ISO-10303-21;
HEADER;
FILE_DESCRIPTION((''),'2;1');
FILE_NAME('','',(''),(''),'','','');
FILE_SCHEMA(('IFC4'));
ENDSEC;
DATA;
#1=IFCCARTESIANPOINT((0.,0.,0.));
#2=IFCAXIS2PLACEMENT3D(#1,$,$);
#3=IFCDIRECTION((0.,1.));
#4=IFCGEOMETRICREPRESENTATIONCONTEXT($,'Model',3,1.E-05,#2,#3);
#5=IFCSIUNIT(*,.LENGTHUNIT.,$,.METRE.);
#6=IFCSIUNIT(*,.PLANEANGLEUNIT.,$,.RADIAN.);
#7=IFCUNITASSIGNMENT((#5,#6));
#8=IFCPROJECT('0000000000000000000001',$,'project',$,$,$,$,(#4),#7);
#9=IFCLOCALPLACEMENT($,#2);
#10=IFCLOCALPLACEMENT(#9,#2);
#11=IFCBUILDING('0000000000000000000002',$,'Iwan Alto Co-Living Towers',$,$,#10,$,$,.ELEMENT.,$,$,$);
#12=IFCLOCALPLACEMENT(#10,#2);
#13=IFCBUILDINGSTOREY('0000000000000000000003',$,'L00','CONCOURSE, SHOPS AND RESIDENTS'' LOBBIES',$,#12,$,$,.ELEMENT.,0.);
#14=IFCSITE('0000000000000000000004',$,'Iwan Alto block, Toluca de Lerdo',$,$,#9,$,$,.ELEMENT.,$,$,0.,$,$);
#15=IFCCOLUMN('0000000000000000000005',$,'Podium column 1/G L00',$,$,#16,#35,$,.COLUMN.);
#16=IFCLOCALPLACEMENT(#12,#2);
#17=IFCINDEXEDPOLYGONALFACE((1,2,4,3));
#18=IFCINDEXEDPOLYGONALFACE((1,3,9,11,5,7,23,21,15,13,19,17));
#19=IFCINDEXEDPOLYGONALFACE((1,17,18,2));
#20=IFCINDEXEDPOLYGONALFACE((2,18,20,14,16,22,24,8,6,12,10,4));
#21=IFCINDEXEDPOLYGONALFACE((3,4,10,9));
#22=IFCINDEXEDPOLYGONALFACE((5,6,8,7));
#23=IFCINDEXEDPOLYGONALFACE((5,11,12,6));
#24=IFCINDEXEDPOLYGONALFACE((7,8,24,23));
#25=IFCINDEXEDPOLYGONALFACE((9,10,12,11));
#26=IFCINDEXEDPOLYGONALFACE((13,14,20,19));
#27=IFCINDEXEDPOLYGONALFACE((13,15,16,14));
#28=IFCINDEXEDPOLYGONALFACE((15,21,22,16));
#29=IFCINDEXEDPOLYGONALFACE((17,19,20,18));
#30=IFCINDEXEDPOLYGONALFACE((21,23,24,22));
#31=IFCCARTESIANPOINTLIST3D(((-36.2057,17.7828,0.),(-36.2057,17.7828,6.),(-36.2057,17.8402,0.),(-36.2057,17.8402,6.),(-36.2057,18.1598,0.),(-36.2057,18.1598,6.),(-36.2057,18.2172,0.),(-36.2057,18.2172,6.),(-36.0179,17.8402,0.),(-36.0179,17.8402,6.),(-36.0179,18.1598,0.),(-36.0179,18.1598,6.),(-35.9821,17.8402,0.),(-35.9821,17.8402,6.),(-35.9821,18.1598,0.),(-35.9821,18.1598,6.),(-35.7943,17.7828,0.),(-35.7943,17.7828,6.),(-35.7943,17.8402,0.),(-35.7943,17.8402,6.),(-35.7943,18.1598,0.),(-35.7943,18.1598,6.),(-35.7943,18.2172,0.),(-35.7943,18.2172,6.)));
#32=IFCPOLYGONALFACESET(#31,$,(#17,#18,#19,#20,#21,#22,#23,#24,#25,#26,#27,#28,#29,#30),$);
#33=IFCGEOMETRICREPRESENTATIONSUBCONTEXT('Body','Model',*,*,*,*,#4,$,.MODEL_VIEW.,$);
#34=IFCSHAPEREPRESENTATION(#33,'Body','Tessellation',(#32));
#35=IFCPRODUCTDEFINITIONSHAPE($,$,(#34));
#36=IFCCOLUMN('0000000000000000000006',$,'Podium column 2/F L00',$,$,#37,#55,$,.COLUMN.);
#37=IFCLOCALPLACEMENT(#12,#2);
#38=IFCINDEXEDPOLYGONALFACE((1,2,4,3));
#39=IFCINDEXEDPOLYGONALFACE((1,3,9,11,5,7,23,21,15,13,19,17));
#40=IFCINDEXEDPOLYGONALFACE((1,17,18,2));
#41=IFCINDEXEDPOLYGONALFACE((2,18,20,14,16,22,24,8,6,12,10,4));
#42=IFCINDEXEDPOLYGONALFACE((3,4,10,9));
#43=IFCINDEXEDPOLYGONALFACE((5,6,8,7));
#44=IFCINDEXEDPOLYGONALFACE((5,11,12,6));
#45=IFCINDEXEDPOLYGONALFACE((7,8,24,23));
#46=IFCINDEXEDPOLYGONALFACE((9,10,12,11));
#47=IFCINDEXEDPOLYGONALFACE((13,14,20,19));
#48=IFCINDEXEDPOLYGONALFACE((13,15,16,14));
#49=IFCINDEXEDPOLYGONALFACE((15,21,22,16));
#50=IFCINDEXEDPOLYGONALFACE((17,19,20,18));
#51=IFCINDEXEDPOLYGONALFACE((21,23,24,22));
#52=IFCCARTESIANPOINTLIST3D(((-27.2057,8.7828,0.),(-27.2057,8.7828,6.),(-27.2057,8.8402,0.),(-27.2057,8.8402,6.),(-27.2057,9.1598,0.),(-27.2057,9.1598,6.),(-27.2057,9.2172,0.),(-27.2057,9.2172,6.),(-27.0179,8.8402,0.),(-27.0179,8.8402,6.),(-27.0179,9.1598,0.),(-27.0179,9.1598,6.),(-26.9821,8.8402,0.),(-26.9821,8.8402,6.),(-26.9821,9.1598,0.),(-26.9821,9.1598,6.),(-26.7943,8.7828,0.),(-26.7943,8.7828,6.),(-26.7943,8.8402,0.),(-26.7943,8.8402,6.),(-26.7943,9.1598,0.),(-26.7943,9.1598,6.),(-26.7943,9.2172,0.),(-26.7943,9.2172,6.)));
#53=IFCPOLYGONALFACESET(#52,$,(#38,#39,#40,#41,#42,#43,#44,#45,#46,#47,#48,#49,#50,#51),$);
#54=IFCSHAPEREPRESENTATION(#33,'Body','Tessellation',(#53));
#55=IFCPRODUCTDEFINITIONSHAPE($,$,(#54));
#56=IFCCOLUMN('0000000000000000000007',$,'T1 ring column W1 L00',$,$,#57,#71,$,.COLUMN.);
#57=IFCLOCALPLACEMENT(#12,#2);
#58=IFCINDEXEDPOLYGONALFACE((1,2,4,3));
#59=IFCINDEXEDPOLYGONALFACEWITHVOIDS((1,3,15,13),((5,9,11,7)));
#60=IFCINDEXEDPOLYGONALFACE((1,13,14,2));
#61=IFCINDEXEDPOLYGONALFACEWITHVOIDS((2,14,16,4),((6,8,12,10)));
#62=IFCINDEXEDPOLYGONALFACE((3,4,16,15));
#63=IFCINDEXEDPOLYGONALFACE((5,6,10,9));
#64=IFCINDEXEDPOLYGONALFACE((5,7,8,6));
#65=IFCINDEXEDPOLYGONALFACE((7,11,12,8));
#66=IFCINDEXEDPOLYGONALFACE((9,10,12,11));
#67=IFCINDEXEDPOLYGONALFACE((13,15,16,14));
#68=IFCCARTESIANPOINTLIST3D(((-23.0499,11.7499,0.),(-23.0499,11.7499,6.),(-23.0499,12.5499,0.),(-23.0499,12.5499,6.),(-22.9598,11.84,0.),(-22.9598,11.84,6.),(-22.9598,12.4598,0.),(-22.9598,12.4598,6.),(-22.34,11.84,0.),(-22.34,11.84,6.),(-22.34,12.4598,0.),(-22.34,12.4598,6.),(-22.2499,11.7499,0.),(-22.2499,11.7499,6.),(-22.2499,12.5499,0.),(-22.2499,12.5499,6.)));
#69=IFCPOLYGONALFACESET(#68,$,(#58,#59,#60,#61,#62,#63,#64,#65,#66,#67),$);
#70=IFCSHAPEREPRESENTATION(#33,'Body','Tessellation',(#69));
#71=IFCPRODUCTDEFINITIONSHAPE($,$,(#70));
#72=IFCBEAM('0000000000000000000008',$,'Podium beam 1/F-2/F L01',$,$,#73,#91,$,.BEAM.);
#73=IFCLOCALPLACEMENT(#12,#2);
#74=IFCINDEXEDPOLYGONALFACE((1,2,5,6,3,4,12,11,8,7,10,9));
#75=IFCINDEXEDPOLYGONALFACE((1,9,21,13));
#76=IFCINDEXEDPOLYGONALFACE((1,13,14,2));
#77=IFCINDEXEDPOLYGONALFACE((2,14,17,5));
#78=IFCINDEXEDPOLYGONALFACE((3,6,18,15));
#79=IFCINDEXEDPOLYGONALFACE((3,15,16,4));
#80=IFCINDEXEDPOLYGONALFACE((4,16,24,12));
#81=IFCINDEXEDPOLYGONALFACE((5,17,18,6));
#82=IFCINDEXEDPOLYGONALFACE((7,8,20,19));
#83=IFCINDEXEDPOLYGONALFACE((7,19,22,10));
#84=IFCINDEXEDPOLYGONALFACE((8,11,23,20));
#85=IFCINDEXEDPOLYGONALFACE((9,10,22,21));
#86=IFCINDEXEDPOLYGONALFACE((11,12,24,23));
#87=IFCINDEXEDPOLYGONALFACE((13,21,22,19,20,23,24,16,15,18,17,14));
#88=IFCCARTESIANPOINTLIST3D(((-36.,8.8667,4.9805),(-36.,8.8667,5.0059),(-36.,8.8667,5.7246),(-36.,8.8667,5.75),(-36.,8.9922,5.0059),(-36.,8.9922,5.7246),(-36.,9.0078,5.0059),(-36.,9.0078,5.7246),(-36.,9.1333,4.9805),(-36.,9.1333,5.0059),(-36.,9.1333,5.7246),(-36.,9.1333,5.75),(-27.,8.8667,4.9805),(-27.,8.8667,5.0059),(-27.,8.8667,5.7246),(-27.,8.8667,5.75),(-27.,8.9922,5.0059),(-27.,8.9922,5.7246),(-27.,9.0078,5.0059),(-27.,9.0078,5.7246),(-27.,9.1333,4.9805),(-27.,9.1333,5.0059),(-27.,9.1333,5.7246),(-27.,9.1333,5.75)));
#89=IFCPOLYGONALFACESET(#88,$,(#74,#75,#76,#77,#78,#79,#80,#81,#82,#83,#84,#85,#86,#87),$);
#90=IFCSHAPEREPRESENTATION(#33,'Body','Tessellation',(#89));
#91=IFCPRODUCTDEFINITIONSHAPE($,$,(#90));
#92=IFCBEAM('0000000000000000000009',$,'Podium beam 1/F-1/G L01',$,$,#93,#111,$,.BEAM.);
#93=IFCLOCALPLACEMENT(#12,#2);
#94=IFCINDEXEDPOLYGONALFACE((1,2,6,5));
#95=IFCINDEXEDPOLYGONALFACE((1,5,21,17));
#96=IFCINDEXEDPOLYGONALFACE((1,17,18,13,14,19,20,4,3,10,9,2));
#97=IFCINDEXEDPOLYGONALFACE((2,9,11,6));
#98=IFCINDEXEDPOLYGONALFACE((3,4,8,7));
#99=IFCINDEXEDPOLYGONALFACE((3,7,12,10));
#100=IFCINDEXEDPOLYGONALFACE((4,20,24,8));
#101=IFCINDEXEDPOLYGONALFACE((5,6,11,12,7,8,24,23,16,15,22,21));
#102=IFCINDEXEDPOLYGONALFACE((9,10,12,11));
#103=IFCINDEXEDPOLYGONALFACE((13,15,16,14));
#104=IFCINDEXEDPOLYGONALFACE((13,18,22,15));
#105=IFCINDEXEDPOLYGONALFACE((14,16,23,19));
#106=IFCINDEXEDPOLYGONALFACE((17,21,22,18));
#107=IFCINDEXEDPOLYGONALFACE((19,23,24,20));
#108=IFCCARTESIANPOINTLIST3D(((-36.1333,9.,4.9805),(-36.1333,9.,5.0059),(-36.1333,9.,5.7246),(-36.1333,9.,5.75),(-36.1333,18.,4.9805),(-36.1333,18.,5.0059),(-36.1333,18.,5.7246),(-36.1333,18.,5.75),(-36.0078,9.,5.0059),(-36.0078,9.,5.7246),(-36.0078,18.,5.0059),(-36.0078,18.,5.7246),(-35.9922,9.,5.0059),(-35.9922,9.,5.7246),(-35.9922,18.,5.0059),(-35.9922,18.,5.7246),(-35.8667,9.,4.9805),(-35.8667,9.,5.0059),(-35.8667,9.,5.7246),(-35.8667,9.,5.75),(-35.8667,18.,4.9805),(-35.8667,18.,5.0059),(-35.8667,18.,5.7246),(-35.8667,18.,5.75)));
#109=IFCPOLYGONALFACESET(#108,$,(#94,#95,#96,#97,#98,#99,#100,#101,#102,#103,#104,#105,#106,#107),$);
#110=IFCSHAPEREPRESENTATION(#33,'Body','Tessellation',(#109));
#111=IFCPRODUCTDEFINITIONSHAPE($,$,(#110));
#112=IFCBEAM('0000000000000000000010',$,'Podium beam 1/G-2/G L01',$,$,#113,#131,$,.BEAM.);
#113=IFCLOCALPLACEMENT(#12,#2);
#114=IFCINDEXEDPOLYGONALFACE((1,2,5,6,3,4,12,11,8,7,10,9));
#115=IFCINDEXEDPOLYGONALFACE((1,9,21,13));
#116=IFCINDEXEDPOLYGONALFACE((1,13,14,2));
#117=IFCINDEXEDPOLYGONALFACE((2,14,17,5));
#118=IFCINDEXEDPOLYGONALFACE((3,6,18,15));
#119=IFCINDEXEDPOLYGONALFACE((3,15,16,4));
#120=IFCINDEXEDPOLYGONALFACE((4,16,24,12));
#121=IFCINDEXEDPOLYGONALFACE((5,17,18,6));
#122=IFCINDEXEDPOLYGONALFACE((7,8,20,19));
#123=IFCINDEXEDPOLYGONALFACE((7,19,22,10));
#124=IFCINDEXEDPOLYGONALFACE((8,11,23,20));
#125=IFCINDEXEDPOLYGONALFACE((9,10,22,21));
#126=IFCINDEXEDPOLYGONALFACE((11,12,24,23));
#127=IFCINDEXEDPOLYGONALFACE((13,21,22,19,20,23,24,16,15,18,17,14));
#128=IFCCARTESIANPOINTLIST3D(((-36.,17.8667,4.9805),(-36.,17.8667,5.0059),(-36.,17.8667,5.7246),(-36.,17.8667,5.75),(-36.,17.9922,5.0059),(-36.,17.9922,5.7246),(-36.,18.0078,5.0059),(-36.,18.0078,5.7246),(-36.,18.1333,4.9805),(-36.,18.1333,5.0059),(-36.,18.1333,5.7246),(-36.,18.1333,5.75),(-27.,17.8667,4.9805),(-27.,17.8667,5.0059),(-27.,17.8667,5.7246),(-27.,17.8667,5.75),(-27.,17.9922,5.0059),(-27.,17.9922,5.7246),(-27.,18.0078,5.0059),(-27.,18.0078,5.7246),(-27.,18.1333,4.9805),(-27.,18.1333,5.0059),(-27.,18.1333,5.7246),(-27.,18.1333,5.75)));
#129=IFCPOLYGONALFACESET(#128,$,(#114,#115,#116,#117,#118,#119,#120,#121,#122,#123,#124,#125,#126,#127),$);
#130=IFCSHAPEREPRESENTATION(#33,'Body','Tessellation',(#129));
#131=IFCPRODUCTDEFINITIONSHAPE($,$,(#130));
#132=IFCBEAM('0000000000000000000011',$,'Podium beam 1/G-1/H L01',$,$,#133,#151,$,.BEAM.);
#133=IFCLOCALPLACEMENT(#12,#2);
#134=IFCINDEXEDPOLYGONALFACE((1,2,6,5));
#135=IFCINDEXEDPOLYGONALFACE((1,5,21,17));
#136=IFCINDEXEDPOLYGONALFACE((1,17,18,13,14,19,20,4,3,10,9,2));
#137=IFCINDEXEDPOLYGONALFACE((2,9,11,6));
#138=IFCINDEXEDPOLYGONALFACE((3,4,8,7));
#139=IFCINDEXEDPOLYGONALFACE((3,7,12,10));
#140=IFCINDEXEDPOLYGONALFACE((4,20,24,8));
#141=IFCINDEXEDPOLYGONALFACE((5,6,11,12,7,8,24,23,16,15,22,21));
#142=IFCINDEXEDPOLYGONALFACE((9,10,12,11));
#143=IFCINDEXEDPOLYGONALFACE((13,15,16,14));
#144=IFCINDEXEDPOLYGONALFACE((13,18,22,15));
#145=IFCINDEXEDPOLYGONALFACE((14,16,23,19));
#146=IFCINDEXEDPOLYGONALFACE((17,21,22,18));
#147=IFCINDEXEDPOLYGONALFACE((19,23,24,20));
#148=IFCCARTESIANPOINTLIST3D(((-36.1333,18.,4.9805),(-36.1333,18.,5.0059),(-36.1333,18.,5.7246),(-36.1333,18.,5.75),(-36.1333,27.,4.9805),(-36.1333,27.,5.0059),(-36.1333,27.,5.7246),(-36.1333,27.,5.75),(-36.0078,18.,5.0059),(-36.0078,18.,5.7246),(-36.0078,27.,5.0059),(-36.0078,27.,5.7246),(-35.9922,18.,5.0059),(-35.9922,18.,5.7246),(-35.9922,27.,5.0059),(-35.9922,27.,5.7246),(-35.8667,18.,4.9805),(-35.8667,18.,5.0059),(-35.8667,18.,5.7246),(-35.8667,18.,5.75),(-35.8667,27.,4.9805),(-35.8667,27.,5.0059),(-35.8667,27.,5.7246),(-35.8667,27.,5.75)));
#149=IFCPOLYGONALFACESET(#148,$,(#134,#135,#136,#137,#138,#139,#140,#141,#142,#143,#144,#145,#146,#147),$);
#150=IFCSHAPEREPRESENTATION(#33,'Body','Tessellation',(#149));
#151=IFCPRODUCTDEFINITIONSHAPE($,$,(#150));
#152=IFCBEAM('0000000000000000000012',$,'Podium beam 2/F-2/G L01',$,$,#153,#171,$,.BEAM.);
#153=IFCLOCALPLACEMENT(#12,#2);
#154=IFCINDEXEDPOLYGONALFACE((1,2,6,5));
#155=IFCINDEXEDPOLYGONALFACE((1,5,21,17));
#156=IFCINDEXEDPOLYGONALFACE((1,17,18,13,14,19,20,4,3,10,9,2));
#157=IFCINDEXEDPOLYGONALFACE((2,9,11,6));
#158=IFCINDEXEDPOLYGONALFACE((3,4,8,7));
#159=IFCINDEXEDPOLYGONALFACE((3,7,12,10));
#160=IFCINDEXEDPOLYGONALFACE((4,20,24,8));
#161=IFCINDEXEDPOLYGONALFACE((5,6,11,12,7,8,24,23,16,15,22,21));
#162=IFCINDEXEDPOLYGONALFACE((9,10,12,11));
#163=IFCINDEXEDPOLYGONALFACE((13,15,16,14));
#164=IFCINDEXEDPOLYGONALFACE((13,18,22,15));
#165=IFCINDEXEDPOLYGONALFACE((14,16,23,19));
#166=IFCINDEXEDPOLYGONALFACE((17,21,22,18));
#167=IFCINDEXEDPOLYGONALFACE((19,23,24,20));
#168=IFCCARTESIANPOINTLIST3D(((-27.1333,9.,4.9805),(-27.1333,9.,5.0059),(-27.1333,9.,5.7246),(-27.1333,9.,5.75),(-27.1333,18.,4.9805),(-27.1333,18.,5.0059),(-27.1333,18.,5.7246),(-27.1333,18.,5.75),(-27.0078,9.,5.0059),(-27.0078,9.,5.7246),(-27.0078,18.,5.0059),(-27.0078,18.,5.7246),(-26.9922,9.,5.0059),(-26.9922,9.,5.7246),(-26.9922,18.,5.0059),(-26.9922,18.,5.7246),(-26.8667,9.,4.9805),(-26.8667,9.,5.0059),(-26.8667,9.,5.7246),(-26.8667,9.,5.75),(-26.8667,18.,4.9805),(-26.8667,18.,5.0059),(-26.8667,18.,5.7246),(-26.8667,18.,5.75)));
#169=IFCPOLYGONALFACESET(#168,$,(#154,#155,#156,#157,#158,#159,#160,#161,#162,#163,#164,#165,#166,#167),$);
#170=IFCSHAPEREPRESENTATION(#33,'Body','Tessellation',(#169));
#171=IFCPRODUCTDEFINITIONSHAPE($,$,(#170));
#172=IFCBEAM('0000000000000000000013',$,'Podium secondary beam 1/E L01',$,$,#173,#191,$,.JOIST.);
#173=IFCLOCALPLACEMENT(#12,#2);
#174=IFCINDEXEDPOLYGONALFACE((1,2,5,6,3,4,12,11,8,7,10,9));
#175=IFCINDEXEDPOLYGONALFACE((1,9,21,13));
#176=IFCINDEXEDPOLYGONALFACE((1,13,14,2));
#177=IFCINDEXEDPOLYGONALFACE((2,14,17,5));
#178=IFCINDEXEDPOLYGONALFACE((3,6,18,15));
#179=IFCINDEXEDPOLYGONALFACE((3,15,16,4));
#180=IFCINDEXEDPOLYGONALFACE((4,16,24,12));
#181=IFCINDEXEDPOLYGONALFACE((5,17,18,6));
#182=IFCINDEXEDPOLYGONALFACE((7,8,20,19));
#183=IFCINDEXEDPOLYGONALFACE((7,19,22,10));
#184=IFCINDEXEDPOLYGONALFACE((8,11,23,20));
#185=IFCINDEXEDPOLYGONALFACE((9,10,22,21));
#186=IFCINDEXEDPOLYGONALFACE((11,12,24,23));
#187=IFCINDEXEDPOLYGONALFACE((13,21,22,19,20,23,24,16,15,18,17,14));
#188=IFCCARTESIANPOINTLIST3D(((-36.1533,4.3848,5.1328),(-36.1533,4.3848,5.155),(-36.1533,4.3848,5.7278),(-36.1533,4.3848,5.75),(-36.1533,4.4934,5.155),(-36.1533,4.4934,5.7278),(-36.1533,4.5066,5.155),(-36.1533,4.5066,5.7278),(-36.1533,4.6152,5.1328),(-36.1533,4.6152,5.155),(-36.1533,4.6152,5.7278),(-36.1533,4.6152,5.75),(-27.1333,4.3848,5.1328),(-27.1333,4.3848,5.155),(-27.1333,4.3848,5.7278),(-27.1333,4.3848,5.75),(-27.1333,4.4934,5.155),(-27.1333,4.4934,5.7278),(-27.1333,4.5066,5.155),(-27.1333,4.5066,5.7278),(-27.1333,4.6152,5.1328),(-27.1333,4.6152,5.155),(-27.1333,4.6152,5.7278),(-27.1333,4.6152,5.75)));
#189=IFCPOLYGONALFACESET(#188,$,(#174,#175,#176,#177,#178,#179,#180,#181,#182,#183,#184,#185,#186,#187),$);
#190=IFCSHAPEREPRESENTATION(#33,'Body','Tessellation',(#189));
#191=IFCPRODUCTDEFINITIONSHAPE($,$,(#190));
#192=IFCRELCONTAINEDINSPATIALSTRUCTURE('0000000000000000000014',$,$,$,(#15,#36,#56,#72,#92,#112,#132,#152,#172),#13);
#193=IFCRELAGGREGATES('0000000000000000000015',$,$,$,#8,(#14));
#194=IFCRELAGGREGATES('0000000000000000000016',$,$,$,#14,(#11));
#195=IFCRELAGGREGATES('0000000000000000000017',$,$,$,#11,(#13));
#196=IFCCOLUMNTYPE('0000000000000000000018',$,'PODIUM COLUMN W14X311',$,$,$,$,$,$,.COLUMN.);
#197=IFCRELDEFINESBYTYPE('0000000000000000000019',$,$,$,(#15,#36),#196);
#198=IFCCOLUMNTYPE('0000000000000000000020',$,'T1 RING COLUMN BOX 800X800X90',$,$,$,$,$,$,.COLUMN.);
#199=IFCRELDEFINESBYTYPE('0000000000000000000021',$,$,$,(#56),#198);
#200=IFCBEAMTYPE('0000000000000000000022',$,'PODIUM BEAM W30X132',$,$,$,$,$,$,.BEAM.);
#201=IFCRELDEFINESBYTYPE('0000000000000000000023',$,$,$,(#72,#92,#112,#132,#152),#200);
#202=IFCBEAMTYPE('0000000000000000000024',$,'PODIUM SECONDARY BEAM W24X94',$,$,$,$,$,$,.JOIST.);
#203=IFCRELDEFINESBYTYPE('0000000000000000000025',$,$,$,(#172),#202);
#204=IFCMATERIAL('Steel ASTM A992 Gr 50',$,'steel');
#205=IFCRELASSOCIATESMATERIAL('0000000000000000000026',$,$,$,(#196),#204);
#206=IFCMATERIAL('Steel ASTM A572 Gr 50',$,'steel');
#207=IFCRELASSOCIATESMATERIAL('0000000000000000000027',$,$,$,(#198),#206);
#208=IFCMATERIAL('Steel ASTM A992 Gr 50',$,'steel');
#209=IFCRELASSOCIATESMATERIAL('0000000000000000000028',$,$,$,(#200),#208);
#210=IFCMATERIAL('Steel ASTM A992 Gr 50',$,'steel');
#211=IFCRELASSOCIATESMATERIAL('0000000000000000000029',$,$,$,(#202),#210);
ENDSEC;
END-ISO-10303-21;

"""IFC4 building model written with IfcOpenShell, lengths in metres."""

from ifc_helpers import new_model, si_unit, direction, frame, origin, origin_2d, place, context, subcontext, project, spatial, hollow_rectangle, i_section, extrude, material, material_profile, profile_set, type_object, element, save


model = new_model("IFC4")

# Units and contexts
model_context = context("Model", 3, precision=1e-05, world=origin(), true_north=direction((0.0, 1.0)))
body_context = subcontext(model_context, "Body", "Model", "MODEL_VIEW")
ifc_project = project(units=[si_unit("LENGTHUNIT", "METRE"), si_unit("PLANEANGLEUNIT", "RADIAN")], contexts=[model_context])

# Site, building, storey
site_placement = place(None, origin())
site = spatial("IfcSite", under=ifc_project, at=site_placement, Name="Iwan Alto block, Toluca de Lerdo", CompositionType="ELEMENT", RefElevation=0.0)
building_placement = place(site_placement, origin())
building = spatial("IfcBuilding", under=site, at=building_placement, Name="Iwan Alto Co-Living Towers", CompositionType="ELEMENT")
storey_placement = place(building_placement, origin())
storey = spatial("IfcBuildingStorey", under=building, at=storey_placement, Name="L00", Description="CONCOURSE, SHOPS AND RESIDENTS' LOBBIES", CompositionType="ELEMENT", Elevation=0.0)

# Columns
ifc_material_1 = material(Name="Steel ASTM A992 Gr 50", Category="steel")
ifc_material_profile_1 = material_profile(ifc_material_1, i_section(OverallWidth=0.4114, OverallDepth=0.4343, WebThickness=0.0359, FlangeThickness=0.0574, at=origin_2d()), Name="W14X311")
ifc_profile_set_1 = profile_set([ifc_material_profile_1], Name="Steel ASTM A992 Gr 50")
column_type_1 = type_object("IfcColumnType", Name="PODIUM COLUMN W14X311", PredefinedType="COLUMN", material=ifc_profile_set_1)
for number, where, z_axis, x_axis, name in (
    (1, (-36.0, 18.0, 0.0), (0.0, 0.0, 1.0), (1.0, 0.0, 0.0), "Podium column 1/G L00"),
    (2, (-27.0, 9.0, 0.0), (0.0, 0.0, 1.0), (1.0, 0.0, 0.0), "Podium column 2/F L00"),
):
    element("IfcColumn", number, at=place(storey_placement, frame(where, z_axis=z_axis, x_axis=x_axis)), inside=storey, type_object=column_type_1, Name=name, PredefinedType="COLUMN", context=body_context, shape_type="SweptSolid", body=[
        extrude(i_section(OverallWidth=0.4114, OverallDepth=0.4343, WebThickness=0.0359, FlangeThickness=0.0574, at=origin_2d()), origin(), (0.0, 0.0, 1.0), 6.0),
    ])
ifc_material_2 = material(Name="Steel ASTM A572 Gr 50", Category="steel")
ifc_material_profile_2 = material_profile(ifc_material_2, hollow_rectangle(XDim=0.8, YDim=0.8, WallThickness=0.0901, at=origin_2d()), Name="BOX 800X800X90")
ifc_profile_set_2 = profile_set([ifc_material_profile_2], Name="Steel ASTM A572 Gr 50")
column_type_2 = type_object("IfcColumnType", Name="T1 RING COLUMN BOX 800X800X90", PredefinedType="COLUMN", material=ifc_profile_set_2)
column_placement = place(storey_placement, frame((-22.6499, 12.1499, 0.0), z_axis=(0.0, 0.0, 1.0), x_axis=(1.0, 0.0, 0.0)))
element("IfcColumn", 3, at=column_placement, inside=storey, type_object=column_type_2, Name="T1 ring column W1 L00", PredefinedType="COLUMN", context=body_context, shape_type="SweptSolid", body=[
    extrude(hollow_rectangle(XDim=0.8, YDim=0.8, WallThickness=0.0901, at=origin_2d()), origin(), (0.0, 0.0, 1.0), 6.0),
])

# Beams
ifc_material_3 = material(Name="Steel ASTM A992 Gr 50", Category="steel")
ifc_material_profile_3 = material_profile(ifc_material_3, i_section(OverallWidth=0.2666, OverallDepth=0.7695, WebThickness=0.0156, FlangeThickness=0.0254, at=origin_2d()), Name="W30X132")
ifc_profile_set_3 = profile_set([ifc_material_profile_3], Name="Steel ASTM A992 Gr 50")
beam_type_1 = type_object("IfcBeamType", Name="PODIUM BEAM W30X132", PredefinedType="BEAM", material=ifc_profile_set_3)
for number, where, z_axis, x_axis, name in (
    (4, (-36.0, 9.0, 5.3652), (1.0, 0.0, 0.0), (0.0, 1.0, 0.0), "Podium beam 1/F-2/F L01"),
    (5, (-36.0, 9.0, 5.3652), (0.0, 1.0, 0.0), (-1.0, 0.0, 0.0), "Podium beam 1/F-1/G L01"),
    (6, (-36.0, 18.0, 5.3652), (1.0, 0.0, 0.0), (0.0, 1.0, 0.0), "Podium beam 1/G-2/G L01"),
    (7, (-36.0, 18.0, 5.3652), (0.0, 1.0, 0.0), (-1.0, 0.0, 0.0), "Podium beam 1/G-1/H L01"),
    (8, (-27.0, 9.0, 5.3652), (0.0, 1.0, 0.0), (-1.0, 0.0, 0.0), "Podium beam 2/F-2/G L01"),
):
    element("IfcBeam", number, at=place(storey_placement, frame(where, z_axis=z_axis, x_axis=x_axis)), inside=storey, type_object=beam_type_1, Name=name, PredefinedType="BEAM", context=body_context, shape_type="SweptSolid", body=[
        extrude(i_section(OverallWidth=0.2666, OverallDepth=0.7695, WebThickness=0.0156, FlangeThickness=0.0254, at=origin_2d()), origin(), (0.0, 0.0, 1.0), 9.0),
    ])
ifc_material_4 = material(Name="Steel ASTM A992 Gr 50", Category="steel")
ifc_material_profile_4 = material_profile(ifc_material_4, i_section(OverallWidth=0.2305, OverallDepth=0.6172, WebThickness=0.0132, FlangeThickness=0.0222, at=origin_2d()), Name="W24X94")
ifc_profile_set_4 = profile_set([ifc_material_profile_4], Name="Steel ASTM A992 Gr 50")
beam_type_2 = type_object("IfcBeamType", Name="PODIUM SECONDARY BEAM W24X94", PredefinedType="JOIST", material=ifc_profile_set_4)
beam_1_placement = place(storey_placement, frame((-36.1533, 4.5, 5.4414), z_axis=(1.0, 0.0, 0.0), x_axis=(0.0, 1.0, 0.0)))
element("IfcBeam", 9, at=beam_1_placement, inside=storey, type_object=beam_type_2, Name="Podium secondary beam 1/E L01", PredefinedType="JOIST", context=body_context, shape_type="SweptSolid", body=[
    extrude(i_section(OverallWidth=0.2305, OverallDepth=0.6172, WebThickness=0.0132, FlangeThickness=0.0222, at=origin_2d()), origin(), (0.0, 0.0, 1.0), 9.02),
])

save(model, "model.ifc")
